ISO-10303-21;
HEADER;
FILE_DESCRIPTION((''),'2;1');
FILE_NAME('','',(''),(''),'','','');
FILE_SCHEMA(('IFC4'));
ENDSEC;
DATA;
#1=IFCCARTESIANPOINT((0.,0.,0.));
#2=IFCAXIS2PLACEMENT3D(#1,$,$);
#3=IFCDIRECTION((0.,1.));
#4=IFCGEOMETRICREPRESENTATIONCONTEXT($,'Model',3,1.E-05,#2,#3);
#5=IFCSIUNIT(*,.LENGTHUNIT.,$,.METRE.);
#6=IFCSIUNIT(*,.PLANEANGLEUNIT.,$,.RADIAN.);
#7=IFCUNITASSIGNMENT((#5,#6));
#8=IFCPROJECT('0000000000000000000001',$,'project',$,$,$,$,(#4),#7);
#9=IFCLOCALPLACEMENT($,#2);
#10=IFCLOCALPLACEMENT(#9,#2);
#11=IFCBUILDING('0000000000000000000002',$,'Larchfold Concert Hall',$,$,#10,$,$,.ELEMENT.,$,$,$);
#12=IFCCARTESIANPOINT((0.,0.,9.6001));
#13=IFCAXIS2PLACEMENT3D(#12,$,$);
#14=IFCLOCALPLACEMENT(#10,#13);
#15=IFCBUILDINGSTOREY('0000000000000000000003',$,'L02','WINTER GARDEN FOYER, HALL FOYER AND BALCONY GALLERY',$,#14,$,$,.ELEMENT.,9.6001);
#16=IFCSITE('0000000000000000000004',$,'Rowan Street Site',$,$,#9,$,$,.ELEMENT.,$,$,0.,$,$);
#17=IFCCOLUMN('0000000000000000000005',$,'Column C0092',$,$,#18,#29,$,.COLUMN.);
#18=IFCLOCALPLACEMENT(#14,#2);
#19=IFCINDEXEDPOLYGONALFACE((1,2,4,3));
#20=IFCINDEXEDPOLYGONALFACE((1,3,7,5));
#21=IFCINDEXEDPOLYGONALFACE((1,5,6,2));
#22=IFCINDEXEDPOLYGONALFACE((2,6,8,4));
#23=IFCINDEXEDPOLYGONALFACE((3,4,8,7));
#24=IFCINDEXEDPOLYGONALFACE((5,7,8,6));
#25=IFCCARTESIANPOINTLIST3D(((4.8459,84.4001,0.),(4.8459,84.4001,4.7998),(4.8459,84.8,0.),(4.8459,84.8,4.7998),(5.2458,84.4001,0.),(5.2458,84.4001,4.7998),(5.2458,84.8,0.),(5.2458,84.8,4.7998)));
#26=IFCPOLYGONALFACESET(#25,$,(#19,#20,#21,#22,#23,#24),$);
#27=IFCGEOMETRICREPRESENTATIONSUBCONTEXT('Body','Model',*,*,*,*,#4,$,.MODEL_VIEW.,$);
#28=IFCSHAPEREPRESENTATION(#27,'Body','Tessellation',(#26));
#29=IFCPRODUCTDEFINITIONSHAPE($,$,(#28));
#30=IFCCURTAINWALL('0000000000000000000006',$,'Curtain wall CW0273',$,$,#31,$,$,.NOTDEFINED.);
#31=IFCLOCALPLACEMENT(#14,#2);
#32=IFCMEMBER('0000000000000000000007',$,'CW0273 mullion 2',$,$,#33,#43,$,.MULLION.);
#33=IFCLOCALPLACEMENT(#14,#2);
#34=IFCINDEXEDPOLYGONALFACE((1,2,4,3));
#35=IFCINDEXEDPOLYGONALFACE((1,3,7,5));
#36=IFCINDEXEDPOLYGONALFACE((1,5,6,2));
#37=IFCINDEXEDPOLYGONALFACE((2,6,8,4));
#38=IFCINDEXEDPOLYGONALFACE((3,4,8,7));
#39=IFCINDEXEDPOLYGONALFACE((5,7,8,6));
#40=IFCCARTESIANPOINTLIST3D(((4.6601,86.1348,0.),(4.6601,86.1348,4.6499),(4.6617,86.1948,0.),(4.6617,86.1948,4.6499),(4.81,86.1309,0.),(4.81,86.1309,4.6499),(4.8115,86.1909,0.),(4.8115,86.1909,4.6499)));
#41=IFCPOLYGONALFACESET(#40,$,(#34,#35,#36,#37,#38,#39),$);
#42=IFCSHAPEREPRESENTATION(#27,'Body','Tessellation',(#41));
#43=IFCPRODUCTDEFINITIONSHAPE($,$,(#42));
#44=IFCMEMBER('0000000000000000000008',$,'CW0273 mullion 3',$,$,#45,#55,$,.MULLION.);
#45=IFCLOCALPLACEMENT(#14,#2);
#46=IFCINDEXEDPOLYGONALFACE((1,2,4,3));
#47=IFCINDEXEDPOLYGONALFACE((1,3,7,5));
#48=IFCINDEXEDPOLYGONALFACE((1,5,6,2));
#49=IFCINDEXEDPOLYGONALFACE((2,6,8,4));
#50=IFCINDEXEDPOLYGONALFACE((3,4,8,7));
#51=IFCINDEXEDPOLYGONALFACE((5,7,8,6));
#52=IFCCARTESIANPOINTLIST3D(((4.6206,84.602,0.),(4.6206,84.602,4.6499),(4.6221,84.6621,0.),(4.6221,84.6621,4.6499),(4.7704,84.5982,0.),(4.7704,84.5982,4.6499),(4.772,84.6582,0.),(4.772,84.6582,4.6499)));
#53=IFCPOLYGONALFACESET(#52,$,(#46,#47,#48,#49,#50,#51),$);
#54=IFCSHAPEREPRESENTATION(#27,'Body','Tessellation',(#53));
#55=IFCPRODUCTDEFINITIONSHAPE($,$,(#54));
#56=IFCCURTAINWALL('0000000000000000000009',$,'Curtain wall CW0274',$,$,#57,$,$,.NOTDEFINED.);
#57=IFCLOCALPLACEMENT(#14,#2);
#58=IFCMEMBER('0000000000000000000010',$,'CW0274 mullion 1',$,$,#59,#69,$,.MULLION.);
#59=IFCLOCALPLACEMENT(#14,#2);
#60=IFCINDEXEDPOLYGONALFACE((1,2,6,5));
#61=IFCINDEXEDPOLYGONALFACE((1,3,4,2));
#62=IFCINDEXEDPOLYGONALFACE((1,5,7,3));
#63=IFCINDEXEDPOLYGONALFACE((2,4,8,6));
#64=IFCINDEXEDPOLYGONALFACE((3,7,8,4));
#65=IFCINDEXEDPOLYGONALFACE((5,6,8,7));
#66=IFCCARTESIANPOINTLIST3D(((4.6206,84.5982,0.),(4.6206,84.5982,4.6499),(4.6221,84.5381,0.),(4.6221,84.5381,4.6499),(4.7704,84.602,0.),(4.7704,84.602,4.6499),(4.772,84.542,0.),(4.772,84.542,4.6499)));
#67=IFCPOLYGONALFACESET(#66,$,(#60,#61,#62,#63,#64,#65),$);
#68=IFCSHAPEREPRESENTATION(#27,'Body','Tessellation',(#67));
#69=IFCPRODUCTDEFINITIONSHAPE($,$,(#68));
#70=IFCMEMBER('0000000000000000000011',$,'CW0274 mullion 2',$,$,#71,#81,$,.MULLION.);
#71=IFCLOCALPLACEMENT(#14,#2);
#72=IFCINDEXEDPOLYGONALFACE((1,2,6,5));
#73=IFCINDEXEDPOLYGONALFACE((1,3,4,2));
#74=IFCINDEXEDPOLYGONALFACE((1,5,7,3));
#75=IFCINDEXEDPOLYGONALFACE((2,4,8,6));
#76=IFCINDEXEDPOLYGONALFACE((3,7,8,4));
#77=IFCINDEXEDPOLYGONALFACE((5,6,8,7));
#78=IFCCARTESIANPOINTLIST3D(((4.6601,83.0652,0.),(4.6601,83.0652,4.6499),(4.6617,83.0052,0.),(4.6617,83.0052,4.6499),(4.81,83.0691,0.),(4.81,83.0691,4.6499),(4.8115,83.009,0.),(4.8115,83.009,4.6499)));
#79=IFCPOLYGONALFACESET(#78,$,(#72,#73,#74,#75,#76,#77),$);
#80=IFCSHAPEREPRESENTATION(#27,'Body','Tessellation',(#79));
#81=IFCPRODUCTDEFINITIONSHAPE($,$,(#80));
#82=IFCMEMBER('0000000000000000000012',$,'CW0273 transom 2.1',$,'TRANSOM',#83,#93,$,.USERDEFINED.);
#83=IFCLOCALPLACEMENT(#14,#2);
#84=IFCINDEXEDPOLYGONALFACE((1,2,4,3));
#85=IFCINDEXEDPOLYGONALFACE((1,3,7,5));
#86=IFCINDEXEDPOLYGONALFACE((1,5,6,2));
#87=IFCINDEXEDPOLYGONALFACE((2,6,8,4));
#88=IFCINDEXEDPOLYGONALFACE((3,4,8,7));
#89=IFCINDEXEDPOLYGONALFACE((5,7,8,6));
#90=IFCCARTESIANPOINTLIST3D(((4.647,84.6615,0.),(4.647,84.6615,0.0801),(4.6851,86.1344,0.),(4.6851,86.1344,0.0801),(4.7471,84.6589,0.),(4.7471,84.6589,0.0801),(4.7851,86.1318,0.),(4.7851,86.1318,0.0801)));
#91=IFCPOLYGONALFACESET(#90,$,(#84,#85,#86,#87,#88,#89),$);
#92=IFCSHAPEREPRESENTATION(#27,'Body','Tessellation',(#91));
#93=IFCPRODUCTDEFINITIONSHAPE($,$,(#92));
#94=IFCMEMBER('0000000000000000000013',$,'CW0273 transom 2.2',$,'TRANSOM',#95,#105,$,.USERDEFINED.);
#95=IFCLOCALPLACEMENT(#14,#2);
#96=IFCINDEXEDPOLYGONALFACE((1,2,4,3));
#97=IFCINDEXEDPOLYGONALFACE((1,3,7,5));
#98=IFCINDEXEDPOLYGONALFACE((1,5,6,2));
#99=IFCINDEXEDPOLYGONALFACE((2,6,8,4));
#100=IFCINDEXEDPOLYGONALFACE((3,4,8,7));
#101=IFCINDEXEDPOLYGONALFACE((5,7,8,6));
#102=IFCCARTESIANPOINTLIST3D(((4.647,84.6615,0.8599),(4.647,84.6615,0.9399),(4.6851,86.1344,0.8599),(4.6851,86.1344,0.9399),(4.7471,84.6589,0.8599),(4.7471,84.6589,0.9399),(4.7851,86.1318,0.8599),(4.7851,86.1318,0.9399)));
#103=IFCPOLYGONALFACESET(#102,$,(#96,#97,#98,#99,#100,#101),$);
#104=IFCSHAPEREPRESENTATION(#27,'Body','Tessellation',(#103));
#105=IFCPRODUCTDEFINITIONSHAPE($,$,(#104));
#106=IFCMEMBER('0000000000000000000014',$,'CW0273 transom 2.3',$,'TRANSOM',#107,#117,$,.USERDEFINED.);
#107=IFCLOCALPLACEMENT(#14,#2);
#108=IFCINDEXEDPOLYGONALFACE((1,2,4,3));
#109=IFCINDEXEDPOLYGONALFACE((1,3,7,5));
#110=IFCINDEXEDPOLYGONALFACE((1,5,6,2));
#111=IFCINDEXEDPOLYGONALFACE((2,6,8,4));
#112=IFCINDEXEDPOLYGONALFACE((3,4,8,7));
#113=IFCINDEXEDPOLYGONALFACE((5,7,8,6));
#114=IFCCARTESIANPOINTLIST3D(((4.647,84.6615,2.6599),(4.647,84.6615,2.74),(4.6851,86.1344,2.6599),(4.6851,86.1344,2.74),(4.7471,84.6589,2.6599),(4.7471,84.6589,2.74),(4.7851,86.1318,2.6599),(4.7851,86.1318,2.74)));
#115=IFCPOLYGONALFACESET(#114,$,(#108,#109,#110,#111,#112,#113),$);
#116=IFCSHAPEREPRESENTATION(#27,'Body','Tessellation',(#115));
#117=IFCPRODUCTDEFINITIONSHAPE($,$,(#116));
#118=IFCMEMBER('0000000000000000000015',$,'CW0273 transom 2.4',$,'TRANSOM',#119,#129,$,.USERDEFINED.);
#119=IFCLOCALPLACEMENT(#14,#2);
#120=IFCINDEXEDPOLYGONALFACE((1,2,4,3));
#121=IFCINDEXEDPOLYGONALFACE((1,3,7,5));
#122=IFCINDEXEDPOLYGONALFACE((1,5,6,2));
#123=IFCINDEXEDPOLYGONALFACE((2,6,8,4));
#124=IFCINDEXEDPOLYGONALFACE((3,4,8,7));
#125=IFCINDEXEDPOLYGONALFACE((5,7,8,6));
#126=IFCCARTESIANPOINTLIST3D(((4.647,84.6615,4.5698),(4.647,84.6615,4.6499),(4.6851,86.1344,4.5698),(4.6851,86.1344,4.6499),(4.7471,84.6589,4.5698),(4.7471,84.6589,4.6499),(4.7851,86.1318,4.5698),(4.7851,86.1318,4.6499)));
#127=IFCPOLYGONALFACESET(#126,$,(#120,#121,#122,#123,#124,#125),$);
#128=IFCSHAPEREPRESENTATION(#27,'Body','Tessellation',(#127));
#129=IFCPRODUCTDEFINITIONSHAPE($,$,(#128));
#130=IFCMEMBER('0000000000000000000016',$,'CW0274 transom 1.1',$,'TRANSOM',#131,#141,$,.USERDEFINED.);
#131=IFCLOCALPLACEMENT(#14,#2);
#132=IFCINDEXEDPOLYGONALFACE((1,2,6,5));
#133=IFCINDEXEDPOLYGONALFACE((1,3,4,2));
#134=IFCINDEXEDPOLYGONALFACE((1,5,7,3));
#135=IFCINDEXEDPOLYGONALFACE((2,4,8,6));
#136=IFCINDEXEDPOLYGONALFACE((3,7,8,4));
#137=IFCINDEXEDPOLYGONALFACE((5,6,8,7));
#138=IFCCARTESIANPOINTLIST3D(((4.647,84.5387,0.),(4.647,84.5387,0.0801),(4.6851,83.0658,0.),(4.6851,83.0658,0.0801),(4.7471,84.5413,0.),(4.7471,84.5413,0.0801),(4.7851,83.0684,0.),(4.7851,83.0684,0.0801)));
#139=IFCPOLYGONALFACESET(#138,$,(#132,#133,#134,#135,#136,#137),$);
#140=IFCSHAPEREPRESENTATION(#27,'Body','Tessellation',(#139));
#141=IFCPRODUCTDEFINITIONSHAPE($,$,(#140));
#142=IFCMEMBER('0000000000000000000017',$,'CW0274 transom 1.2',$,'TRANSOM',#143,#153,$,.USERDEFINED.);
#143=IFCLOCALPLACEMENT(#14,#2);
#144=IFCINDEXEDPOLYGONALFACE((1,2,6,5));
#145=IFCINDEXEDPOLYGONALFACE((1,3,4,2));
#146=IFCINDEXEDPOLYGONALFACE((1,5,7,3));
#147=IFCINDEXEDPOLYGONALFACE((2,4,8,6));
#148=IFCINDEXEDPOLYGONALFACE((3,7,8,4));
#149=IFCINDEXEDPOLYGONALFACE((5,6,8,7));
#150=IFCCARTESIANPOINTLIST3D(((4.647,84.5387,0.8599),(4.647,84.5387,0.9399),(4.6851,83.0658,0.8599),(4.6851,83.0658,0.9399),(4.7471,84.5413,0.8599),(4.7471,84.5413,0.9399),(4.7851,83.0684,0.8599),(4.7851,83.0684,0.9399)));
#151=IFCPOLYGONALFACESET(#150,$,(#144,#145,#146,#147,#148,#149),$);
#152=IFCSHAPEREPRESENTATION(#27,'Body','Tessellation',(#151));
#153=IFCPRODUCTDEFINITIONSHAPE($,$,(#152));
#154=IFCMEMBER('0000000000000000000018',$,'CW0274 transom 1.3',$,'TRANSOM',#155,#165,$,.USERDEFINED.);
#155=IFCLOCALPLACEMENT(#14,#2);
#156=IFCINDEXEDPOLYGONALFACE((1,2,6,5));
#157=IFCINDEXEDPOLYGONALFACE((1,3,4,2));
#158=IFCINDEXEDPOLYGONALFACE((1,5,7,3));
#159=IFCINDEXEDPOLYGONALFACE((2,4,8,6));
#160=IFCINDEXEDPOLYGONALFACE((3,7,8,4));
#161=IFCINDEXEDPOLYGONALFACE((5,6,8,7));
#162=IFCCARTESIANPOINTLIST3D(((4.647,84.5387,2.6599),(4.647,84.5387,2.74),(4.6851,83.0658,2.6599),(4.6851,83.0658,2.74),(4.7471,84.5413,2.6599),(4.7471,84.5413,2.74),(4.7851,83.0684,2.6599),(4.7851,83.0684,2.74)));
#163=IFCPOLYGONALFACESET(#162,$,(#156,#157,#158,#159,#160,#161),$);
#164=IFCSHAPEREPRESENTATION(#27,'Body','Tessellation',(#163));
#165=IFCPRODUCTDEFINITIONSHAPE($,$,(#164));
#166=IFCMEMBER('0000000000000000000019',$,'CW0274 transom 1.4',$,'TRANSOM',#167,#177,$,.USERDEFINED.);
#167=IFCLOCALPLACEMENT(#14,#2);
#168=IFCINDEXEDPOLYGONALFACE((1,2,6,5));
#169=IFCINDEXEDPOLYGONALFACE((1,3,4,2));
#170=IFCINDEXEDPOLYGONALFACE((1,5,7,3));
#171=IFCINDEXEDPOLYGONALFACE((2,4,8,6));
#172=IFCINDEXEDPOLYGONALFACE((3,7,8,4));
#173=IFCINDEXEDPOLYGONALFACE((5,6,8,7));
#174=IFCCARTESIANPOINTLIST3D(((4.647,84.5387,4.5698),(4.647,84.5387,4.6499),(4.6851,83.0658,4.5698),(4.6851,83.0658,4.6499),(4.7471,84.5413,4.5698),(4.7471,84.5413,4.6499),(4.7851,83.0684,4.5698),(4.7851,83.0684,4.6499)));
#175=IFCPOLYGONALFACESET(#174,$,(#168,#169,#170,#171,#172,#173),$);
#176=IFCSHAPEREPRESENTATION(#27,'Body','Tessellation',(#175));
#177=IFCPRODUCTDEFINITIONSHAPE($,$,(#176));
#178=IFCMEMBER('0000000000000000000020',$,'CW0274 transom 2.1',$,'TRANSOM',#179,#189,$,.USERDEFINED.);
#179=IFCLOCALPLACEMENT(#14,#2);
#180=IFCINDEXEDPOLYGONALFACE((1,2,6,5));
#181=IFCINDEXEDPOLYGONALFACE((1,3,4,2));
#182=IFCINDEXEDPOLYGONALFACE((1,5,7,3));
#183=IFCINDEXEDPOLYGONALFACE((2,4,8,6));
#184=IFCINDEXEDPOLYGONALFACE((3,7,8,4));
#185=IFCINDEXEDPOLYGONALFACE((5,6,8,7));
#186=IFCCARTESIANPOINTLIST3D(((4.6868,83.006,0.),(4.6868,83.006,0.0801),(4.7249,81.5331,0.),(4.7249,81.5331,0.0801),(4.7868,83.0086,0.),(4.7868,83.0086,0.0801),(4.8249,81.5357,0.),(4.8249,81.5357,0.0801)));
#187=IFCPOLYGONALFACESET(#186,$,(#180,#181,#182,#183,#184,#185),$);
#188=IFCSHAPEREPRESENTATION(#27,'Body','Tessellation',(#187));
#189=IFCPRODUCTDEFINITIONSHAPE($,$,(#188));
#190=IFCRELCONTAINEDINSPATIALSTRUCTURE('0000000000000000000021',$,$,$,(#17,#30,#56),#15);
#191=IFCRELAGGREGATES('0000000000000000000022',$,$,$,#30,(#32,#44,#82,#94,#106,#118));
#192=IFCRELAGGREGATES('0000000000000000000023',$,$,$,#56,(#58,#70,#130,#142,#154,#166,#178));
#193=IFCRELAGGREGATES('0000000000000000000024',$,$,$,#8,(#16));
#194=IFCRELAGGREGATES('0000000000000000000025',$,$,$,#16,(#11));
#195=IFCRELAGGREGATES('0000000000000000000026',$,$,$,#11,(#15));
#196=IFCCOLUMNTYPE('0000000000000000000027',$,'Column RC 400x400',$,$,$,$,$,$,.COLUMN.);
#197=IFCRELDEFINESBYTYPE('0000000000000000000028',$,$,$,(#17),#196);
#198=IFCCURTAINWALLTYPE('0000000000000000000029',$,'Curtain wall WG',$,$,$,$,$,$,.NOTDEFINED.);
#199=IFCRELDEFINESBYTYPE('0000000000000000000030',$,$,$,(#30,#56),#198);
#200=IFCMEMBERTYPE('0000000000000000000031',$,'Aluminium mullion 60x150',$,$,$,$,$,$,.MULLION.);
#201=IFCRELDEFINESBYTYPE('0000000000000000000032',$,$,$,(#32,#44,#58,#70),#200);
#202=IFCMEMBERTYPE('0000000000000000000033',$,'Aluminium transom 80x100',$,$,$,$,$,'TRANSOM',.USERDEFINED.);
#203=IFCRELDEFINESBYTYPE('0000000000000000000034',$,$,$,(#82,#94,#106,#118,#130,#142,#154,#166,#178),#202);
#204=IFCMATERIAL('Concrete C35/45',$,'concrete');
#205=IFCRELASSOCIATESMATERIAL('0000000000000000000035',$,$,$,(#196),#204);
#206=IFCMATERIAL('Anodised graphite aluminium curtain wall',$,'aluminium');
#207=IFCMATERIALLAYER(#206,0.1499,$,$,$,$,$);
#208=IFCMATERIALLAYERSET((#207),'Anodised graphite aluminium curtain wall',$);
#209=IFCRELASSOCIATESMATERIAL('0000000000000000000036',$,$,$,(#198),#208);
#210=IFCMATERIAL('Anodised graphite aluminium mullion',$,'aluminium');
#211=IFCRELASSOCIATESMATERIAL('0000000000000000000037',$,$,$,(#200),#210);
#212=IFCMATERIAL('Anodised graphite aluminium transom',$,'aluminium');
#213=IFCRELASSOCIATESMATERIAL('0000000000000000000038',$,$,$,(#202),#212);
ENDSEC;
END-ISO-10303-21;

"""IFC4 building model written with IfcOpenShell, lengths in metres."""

from ifc_helpers import new_model, si_unit, direction, frame, origin, origin_2d, place, context, subcontext, project, spatial, rectangle, extrude, material, layer, layer_set, material_profile, profile_set, type_object, element, aggregate, save


model = new_model("IFC4")

# Units and contexts
model_context = context("Model", 3, precision=1e-05, world=origin(), true_north=direction((0.0, 1.0)))
body_context = subcontext(model_context, "Body", "Model", "MODEL_VIEW")
ifc_project = project(units=[si_unit("LENGTHUNIT", "METRE"), si_unit("PLANEANGLEUNIT", "RADIAN")], contexts=[model_context])

# Site, building, storey
site_placement = place(None, origin())
site = spatial("IfcSite", under=ifc_project, at=site_placement, Name="Rowan Street Site", CompositionType="ELEMENT", RefElevation=0.0)
building_placement = place(site_placement, origin())
building = spatial("IfcBuilding", under=site, at=building_placement, Name="Larchfold Concert Hall", CompositionType="ELEMENT")
storey_placement = place(building_placement, frame((0.0, 0.0, 9.6001)))
storey = spatial("IfcBuildingStorey", under=building, at=storey_placement, Name="L02", Description="WINTER GARDEN FOYER, HALL FOYER AND BALCONY GALLERY", CompositionType="ELEMENT", Elevation=9.6001)

# Column
ifc_material_1 = material(Name="Concrete C35/45", Category="concrete")
ifc_material_profile_1 = material_profile(ifc_material_1, rectangle(XDim=0.3999, YDim=0.3999, at=origin_2d()))
ifc_profile_set_1 = profile_set([ifc_material_profile_1], Name="Concrete C35/45")
column_type = type_object("IfcColumnType", Name="Column RC 400x400", PredefinedType="COLUMN", material=ifc_profile_set_1)
column_placement = place(storey_placement, frame((5.0459, 84.6001, 0.0), z_axis=(0.0, 0.0, 1.0), x_axis=(1.0, 0.0, 0.0)))
element("IfcColumn", 1, at=column_placement, inside=storey, type_object=column_type, Name="Column C0092", PredefinedType="COLUMN", context=body_context, shape_type="SweptSolid", body=[
    extrude(rectangle(XDim=0.3999, YDim=0.3999, at=origin_2d()), origin(), (0.0, 0.0, 1.0), 4.7998),
])

# Curtain walls, members
ifc_material_2 = material(Name="Anodised graphite aluminium curtain wall", Category="aluminium")
ifc_layer_1 = layer(ifc_material_2, 0.1499)
ifc_layer_set_1 = layer_set([ifc_layer_1], Name="Anodised graphite aluminium curtain wall")
curtain_wall_type = type_object("IfcCurtainWallType", Name="Curtain wall WG", PredefinedType="NOTDEFINED", material=ifc_layer_set_1)
curtain_wall_1_placement = place(storey_placement, origin())
curtain_wall_1 = element("IfcCurtainWall", 2, at=curtain_wall_1_placement, inside=storey, type_object=curtain_wall_type, Name="Curtain wall CW0273", PredefinedType="NOTDEFINED")
ifc_material_3 = material(Name="Anodised graphite aluminium mullion", Category="aluminium")
ifc_material_profile_2 = material_profile(ifc_material_3, rectangle(XDim=0.1499, YDim=0.0601, at=origin_2d()))
ifc_profile_set_2 = profile_set([ifc_material_profile_2], Name="Anodised graphite aluminium mullion")
member_type_1 = type_object("IfcMemberType", Name="Aluminium mullion 60x150", PredefinedType="MULLION", material=ifc_profile_set_2)
member_1_placement = place(storey_placement, frame((4.7358, 86.1628, 0.0), z_axis=(0.0, 0.0, 1.0), x_axis=(0.999666, -0.025845, 0.0)))
member_1 = element("IfcMember", 3, at=member_1_placement, type_object=member_type_1, Name="CW0273 mullion 2", PredefinedType="MULLION", context=body_context, shape_type="SweptSolid", body=[
    extrude(rectangle(XDim=0.1499, YDim=0.0601, at=origin_2d()), origin(), (0.0, 0.0, 1.0), 4.6499),
])
member_2_placement = place(storey_placement, frame((4.6963, 84.6301, 0.0), z_axis=(0.0, 0.0, 1.0), x_axis=(0.999666, -0.025845, 0.0)))
member_2 = element("IfcMember", 4, at=member_2_placement, type_object=member_type_1, Name="CW0273 mullion 3", PredefinedType="MULLION", context=body_context, shape_type="SweptSolid", body=[
    extrude(rectangle(XDim=0.1499, YDim=0.0601, at=origin_2d()), origin(), (0.0, 0.0, 1.0), 4.6499),
])
curtain_wall_2_placement = place(storey_placement, origin())
curtain_wall_2 = element("IfcCurtainWall", 5, at=curtain_wall_2_placement, inside=storey, type_object=curtain_wall_type, Name="Curtain wall CW0274", PredefinedType="NOTDEFINED")
member_3_placement = place(storey_placement, frame((4.6963, 84.5701, 0.0), z_axis=(0.0, 0.0, 1.0), x_axis=(0.999666, 0.025845, 0.0)))
member_3 = element("IfcMember", 6, at=member_3_placement, type_object=member_type_1, Name="CW0274 mullion 1", PredefinedType="MULLION", context=body_context, shape_type="SweptSolid", body=[
    extrude(rectangle(XDim=0.1499, YDim=0.0601, at=origin_2d()), origin(), (0.0, 0.0, 1.0), 4.6499),
])
member_4_placement = place(storey_placement, frame((4.7358, 83.0371, 0.0), z_axis=(0.0, 0.0, 1.0), x_axis=(0.999666, 0.025845, 0.0)))
member_4 = element("IfcMember", 7, at=member_4_placement, type_object=member_type_1, Name="CW0274 mullion 2", PredefinedType="MULLION", context=body_context, shape_type="SweptSolid", body=[
    extrude(rectangle(XDim=0.1499, YDim=0.0601, at=origin_2d()), origin(), (0.0, 0.0, 1.0), 4.6499),
])

# Members
ifc_material_4 = material(Name="Anodised graphite aluminium transom", Category="aluminium")
ifc_material_profile_3 = material_profile(ifc_material_4, rectangle(XDim=0.1001, YDim=0.0801, at=origin_2d()))
ifc_profile_set_3 = profile_set([ifc_material_profile_3], Name="Anodised graphite aluminium transom")
member_type_2 = type_object("IfcMemberType", Name="Aluminium transom 80x100", ElementType="TRANSOM", PredefinedType="USERDEFINED", material=ifc_profile_set_3)
member_5_placement = place(storey_placement, frame((4.7351, 86.1331, 0.04), z_axis=(-0.025849, -0.999666, 0.0), x_axis=(0.999666, -0.025849, 0.0)))
member_5 = element("IfcMember", 8, at=member_5_placement, type_object=member_type_2, Name="CW0273 transom 2.1", ObjectType="TRANSOM", PredefinedType="USERDEFINED", context=body_context, shape_type="SweptSolid", body=[
    extrude(rectangle(XDim=0.1001, YDim=0.0801, at=origin_2d()), origin(), (0.0, 0.0, 1.0), 1.4734),
])
member_6_placement = place(storey_placement, frame((4.7351, 86.1331, 0.8999), z_axis=(-0.025849, -0.999666, 0.0), x_axis=(0.999666, -0.025849, 0.0)))
member_6 = element("IfcMember", 9, at=member_6_placement, type_object=member_type_2, Name="CW0273 transom 2.2", ObjectType="TRANSOM", PredefinedType="USERDEFINED", context=body_context, shape_type="SweptSolid", body=[
    extrude(rectangle(XDim=0.1001, YDim=0.0801, at=origin_2d()), origin(), (0.0, 0.0, 1.0), 1.4734),
])
member_7_placement = place(storey_placement, frame((4.7351, 86.1331, 2.7), z_axis=(-0.025849, -0.999666, 0.0), x_axis=(0.999666, -0.025849, 0.0)))
member_7 = element("IfcMember", 10, at=member_7_placement, type_object=member_type_2, Name="CW0273 transom 2.3", ObjectType="TRANSOM", PredefinedType="USERDEFINED", context=body_context, shape_type="SweptSolid", body=[
    extrude(rectangle(XDim=0.1001, YDim=0.0801, at=origin_2d()), origin(), (0.0, 0.0, 1.0), 1.4734),
])
member_8_placement = place(storey_placement, frame((4.7351, 86.1331, 4.6099), z_axis=(-0.025849, -0.999666, 0.0), x_axis=(0.999666, -0.025849, 0.0)))
member_8 = element("IfcMember", 11, at=member_8_placement, type_object=member_type_2, Name="CW0273 transom 2.4", ObjectType="TRANSOM", PredefinedType="USERDEFINED", context=body_context, shape_type="SweptSolid", body=[
    extrude(rectangle(XDim=0.1001, YDim=0.0801, at=origin_2d()), origin(), (0.0, 0.0, 1.0), 1.4734),
])
member_9_placement = place(storey_placement, frame((4.697, 84.54, 0.04), z_axis=(0.025849, -0.999666, 0.0), x_axis=(0.999666, 0.025849, 0.0)))
member_9 = element("IfcMember", 12, at=member_9_placement, type_object=member_type_2, Name="CW0274 transom 1.1", ObjectType="TRANSOM", PredefinedType="USERDEFINED", context=body_context, shape_type="SweptSolid", body=[
    extrude(rectangle(XDim=0.1001, YDim=0.0801, at=origin_2d()), origin(), (0.0, 0.0, 1.0), 1.4734),
])
member_10_placement = place(storey_placement, frame((4.697, 84.54, 0.8999), z_axis=(0.025849, -0.999666, 0.0), x_axis=(0.999666, 0.025849, 0.0)))
member_10 = element("IfcMember", 13, at=member_10_placement, type_object=member_type_2, Name="CW0274 transom 1.2", ObjectType="TRANSOM", PredefinedType="USERDEFINED", context=body_context, shape_type="SweptSolid", body=[
    extrude(rectangle(XDim=0.1001, YDim=0.0801, at=origin_2d()), origin(), (0.0, 0.0, 1.0), 1.4734),
])
member_11_placement = place(storey_placement, frame((4.697, 84.54, 2.7), z_axis=(0.025849, -0.999666, 0.0), x_axis=(0.999666, 0.025849, 0.0)))
member_11 = element("IfcMember", 14, at=member_11_placement, type_object=member_type_2, Name="CW0274 transom 1.3", ObjectType="TRANSOM", PredefinedType="USERDEFINED", context=body_context, shape_type="SweptSolid", body=[
    extrude(rectangle(XDim=0.1001, YDim=0.0801, at=origin_2d()), origin(), (0.0, 0.0, 1.0), 1.4734),
])
member_12_placement = place(storey_placement, frame((4.697, 84.54, 4.6099), z_axis=(0.025849, -0.999666, 0.0), x_axis=(0.999666, 0.025849, 0.0)))
member_12 = element("IfcMember", 15, at=member_12_placement, type_object=member_type_2, Name="CW0274 transom 1.4", ObjectType="TRANSOM", PredefinedType="USERDEFINED", context=body_context, shape_type="SweptSolid", body=[
    extrude(rectangle(XDim=0.1001, YDim=0.0801, at=origin_2d()), origin(), (0.0, 0.0, 1.0), 1.4734),
])
member_13_placement = place(storey_placement, frame((4.7368, 83.0073, 0.04), z_axis=(0.025849, -0.999666, 0.0), x_axis=(0.999666, 0.025849, 0.0)))
member_13 = element("IfcMember", 16, at=member_13_placement, type_object=member_type_2, Name="CW0274 transom 2.1", ObjectType="TRANSOM", PredefinedType="USERDEFINED", context=body_context, shape_type="SweptSolid", body=[
    extrude(rectangle(XDim=0.1001, YDim=0.0801, at=origin_2d()), origin(), (0.0, 0.0, 1.0), 1.4734),
])

aggregate(curtain_wall_1, [member_1, member_2, member_5, member_6, member_7, member_8])
aggregate(curtain_wall_2, [member_3, member_4, member_9, member_10, member_11, member_12, member_13])

save(model, "model.ifc")
